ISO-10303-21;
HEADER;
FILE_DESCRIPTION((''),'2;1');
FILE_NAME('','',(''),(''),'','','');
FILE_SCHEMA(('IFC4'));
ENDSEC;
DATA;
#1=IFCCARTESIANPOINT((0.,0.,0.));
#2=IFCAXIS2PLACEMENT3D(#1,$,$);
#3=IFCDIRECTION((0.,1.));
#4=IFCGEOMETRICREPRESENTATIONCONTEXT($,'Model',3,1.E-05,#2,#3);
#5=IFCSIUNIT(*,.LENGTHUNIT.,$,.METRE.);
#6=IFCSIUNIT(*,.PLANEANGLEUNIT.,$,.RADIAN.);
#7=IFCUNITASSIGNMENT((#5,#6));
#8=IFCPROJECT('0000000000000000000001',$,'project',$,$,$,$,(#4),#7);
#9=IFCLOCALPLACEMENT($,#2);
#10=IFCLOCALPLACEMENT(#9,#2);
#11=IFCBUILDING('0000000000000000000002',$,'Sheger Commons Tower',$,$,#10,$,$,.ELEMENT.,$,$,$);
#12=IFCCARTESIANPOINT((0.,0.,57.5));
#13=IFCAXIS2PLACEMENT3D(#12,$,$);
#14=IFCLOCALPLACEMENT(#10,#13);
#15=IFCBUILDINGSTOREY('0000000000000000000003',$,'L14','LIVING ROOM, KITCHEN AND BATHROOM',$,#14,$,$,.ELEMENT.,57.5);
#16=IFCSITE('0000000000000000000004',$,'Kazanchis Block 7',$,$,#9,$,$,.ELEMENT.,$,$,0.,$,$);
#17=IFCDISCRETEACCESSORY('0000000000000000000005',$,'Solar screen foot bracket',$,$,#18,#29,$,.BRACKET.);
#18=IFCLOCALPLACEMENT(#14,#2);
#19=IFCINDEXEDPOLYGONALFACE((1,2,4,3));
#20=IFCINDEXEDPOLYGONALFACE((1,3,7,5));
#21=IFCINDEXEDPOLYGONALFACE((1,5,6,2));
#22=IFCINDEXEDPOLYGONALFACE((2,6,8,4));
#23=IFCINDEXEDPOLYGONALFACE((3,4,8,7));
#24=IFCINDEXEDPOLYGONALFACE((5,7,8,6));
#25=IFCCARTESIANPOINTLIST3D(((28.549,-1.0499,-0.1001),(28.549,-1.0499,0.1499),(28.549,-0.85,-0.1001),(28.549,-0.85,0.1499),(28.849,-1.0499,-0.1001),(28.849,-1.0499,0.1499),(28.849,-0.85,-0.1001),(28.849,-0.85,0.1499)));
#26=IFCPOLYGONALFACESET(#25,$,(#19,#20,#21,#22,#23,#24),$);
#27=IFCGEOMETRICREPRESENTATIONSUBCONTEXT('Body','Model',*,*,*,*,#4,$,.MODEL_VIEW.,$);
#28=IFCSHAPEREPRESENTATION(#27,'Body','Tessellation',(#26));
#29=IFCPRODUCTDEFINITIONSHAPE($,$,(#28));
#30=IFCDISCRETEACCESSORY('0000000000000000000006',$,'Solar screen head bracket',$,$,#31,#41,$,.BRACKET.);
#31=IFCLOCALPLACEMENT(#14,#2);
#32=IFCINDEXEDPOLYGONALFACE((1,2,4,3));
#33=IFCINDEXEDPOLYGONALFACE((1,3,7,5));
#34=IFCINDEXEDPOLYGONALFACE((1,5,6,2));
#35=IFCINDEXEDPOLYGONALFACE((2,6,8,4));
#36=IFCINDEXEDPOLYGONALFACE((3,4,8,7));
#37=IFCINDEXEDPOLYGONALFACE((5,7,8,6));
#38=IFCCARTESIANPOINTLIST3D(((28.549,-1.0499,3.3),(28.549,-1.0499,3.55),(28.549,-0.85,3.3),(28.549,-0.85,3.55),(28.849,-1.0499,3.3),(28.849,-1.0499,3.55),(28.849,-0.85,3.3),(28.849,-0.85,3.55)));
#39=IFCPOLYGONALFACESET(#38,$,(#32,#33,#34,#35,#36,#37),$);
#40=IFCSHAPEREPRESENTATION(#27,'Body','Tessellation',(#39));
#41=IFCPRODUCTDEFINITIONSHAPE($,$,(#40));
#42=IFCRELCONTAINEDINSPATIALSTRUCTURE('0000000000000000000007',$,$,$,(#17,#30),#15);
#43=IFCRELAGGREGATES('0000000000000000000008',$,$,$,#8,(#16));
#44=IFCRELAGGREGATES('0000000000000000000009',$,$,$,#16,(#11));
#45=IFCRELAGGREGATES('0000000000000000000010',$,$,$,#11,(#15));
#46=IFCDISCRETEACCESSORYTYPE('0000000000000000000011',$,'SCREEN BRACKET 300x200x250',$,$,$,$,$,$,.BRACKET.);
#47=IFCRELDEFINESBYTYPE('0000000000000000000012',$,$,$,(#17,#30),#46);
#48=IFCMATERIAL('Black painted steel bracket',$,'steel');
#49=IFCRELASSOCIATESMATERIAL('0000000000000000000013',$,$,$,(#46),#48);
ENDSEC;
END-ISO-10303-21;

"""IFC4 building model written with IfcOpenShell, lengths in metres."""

from ifc_helpers import new_model, si_unit, direction, frame, origin, origin_2d, place, context, subcontext, project, spatial, rectangle, extrude, material, type_object, element, save


model = new_model("IFC4")

# Units and contexts
model_context = context("Model", 3, precision=1e-05, world=origin(), true_north=direction((0.0, 1.0)))
body_context = subcontext(model_context, "Body", "Model", "MODEL_VIEW")
ifc_project = project(units=[si_unit("LENGTHUNIT", "METRE"), si_unit("PLANEANGLEUNIT", "RADIAN")], contexts=[model_context])

# Site, building, storey
site_placement = place(None, origin())
site = spatial("IfcSite", under=ifc_project, at=site_placement, Name="Kazanchis Block 7", CompositionType="ELEMENT", RefElevation=0.0)
building_placement = place(site_placement, origin())
building = spatial("IfcBuilding", under=site, at=building_placement, Name="Sheger Commons Tower", CompositionType="ELEMENT")
storey_placement = place(building_placement, frame((0.0, 0.0, 57.5)))
storey = spatial("IfcBuildingStorey", under=building, at=storey_placement, Name="L14", Description="LIVING ROOM, KITCHEN AND BATHROOM", CompositionType="ELEMENT", Elevation=57.5)

# Discrete accessories
ifc_material_1 = material(Name="Black painted steel bracket", Category="steel")
discrete_accessory_type = type_object("IfcDiscreteAccessoryType", Name="SCREEN BRACKET 300x200x250", PredefinedType="BRACKET", material=ifc_material_1)
for number, where, z_axis, x_axis, name in (
    (1, (28.699, -0.95, -0.1001), (0.0, 0.0, 1.0), (1.0, 0.0, 0.0), "Solar screen foot bracket"),
    (2, (28.699, -0.95, 3.3), (0.0, 0.0, 1.0), (1.0, 0.0, 0.0), "Solar screen head bracket"),
):
    element("IfcDiscreteAccessory", number, at=place(storey_placement, frame(where, z_axis=z_axis, x_axis=x_axis)), inside=storey, type_object=discrete_accessory_type, Name=name, PredefinedType="BRACKET", context=body_context, shape_type="SweptSolid", body=[
        extrude(rectangle(XDim=0.3, YDim=0.2, at=origin_2d()), origin(), (0.0, 0.0, 1.0), 0.25),
    ])

save(model, "model.ifc")
